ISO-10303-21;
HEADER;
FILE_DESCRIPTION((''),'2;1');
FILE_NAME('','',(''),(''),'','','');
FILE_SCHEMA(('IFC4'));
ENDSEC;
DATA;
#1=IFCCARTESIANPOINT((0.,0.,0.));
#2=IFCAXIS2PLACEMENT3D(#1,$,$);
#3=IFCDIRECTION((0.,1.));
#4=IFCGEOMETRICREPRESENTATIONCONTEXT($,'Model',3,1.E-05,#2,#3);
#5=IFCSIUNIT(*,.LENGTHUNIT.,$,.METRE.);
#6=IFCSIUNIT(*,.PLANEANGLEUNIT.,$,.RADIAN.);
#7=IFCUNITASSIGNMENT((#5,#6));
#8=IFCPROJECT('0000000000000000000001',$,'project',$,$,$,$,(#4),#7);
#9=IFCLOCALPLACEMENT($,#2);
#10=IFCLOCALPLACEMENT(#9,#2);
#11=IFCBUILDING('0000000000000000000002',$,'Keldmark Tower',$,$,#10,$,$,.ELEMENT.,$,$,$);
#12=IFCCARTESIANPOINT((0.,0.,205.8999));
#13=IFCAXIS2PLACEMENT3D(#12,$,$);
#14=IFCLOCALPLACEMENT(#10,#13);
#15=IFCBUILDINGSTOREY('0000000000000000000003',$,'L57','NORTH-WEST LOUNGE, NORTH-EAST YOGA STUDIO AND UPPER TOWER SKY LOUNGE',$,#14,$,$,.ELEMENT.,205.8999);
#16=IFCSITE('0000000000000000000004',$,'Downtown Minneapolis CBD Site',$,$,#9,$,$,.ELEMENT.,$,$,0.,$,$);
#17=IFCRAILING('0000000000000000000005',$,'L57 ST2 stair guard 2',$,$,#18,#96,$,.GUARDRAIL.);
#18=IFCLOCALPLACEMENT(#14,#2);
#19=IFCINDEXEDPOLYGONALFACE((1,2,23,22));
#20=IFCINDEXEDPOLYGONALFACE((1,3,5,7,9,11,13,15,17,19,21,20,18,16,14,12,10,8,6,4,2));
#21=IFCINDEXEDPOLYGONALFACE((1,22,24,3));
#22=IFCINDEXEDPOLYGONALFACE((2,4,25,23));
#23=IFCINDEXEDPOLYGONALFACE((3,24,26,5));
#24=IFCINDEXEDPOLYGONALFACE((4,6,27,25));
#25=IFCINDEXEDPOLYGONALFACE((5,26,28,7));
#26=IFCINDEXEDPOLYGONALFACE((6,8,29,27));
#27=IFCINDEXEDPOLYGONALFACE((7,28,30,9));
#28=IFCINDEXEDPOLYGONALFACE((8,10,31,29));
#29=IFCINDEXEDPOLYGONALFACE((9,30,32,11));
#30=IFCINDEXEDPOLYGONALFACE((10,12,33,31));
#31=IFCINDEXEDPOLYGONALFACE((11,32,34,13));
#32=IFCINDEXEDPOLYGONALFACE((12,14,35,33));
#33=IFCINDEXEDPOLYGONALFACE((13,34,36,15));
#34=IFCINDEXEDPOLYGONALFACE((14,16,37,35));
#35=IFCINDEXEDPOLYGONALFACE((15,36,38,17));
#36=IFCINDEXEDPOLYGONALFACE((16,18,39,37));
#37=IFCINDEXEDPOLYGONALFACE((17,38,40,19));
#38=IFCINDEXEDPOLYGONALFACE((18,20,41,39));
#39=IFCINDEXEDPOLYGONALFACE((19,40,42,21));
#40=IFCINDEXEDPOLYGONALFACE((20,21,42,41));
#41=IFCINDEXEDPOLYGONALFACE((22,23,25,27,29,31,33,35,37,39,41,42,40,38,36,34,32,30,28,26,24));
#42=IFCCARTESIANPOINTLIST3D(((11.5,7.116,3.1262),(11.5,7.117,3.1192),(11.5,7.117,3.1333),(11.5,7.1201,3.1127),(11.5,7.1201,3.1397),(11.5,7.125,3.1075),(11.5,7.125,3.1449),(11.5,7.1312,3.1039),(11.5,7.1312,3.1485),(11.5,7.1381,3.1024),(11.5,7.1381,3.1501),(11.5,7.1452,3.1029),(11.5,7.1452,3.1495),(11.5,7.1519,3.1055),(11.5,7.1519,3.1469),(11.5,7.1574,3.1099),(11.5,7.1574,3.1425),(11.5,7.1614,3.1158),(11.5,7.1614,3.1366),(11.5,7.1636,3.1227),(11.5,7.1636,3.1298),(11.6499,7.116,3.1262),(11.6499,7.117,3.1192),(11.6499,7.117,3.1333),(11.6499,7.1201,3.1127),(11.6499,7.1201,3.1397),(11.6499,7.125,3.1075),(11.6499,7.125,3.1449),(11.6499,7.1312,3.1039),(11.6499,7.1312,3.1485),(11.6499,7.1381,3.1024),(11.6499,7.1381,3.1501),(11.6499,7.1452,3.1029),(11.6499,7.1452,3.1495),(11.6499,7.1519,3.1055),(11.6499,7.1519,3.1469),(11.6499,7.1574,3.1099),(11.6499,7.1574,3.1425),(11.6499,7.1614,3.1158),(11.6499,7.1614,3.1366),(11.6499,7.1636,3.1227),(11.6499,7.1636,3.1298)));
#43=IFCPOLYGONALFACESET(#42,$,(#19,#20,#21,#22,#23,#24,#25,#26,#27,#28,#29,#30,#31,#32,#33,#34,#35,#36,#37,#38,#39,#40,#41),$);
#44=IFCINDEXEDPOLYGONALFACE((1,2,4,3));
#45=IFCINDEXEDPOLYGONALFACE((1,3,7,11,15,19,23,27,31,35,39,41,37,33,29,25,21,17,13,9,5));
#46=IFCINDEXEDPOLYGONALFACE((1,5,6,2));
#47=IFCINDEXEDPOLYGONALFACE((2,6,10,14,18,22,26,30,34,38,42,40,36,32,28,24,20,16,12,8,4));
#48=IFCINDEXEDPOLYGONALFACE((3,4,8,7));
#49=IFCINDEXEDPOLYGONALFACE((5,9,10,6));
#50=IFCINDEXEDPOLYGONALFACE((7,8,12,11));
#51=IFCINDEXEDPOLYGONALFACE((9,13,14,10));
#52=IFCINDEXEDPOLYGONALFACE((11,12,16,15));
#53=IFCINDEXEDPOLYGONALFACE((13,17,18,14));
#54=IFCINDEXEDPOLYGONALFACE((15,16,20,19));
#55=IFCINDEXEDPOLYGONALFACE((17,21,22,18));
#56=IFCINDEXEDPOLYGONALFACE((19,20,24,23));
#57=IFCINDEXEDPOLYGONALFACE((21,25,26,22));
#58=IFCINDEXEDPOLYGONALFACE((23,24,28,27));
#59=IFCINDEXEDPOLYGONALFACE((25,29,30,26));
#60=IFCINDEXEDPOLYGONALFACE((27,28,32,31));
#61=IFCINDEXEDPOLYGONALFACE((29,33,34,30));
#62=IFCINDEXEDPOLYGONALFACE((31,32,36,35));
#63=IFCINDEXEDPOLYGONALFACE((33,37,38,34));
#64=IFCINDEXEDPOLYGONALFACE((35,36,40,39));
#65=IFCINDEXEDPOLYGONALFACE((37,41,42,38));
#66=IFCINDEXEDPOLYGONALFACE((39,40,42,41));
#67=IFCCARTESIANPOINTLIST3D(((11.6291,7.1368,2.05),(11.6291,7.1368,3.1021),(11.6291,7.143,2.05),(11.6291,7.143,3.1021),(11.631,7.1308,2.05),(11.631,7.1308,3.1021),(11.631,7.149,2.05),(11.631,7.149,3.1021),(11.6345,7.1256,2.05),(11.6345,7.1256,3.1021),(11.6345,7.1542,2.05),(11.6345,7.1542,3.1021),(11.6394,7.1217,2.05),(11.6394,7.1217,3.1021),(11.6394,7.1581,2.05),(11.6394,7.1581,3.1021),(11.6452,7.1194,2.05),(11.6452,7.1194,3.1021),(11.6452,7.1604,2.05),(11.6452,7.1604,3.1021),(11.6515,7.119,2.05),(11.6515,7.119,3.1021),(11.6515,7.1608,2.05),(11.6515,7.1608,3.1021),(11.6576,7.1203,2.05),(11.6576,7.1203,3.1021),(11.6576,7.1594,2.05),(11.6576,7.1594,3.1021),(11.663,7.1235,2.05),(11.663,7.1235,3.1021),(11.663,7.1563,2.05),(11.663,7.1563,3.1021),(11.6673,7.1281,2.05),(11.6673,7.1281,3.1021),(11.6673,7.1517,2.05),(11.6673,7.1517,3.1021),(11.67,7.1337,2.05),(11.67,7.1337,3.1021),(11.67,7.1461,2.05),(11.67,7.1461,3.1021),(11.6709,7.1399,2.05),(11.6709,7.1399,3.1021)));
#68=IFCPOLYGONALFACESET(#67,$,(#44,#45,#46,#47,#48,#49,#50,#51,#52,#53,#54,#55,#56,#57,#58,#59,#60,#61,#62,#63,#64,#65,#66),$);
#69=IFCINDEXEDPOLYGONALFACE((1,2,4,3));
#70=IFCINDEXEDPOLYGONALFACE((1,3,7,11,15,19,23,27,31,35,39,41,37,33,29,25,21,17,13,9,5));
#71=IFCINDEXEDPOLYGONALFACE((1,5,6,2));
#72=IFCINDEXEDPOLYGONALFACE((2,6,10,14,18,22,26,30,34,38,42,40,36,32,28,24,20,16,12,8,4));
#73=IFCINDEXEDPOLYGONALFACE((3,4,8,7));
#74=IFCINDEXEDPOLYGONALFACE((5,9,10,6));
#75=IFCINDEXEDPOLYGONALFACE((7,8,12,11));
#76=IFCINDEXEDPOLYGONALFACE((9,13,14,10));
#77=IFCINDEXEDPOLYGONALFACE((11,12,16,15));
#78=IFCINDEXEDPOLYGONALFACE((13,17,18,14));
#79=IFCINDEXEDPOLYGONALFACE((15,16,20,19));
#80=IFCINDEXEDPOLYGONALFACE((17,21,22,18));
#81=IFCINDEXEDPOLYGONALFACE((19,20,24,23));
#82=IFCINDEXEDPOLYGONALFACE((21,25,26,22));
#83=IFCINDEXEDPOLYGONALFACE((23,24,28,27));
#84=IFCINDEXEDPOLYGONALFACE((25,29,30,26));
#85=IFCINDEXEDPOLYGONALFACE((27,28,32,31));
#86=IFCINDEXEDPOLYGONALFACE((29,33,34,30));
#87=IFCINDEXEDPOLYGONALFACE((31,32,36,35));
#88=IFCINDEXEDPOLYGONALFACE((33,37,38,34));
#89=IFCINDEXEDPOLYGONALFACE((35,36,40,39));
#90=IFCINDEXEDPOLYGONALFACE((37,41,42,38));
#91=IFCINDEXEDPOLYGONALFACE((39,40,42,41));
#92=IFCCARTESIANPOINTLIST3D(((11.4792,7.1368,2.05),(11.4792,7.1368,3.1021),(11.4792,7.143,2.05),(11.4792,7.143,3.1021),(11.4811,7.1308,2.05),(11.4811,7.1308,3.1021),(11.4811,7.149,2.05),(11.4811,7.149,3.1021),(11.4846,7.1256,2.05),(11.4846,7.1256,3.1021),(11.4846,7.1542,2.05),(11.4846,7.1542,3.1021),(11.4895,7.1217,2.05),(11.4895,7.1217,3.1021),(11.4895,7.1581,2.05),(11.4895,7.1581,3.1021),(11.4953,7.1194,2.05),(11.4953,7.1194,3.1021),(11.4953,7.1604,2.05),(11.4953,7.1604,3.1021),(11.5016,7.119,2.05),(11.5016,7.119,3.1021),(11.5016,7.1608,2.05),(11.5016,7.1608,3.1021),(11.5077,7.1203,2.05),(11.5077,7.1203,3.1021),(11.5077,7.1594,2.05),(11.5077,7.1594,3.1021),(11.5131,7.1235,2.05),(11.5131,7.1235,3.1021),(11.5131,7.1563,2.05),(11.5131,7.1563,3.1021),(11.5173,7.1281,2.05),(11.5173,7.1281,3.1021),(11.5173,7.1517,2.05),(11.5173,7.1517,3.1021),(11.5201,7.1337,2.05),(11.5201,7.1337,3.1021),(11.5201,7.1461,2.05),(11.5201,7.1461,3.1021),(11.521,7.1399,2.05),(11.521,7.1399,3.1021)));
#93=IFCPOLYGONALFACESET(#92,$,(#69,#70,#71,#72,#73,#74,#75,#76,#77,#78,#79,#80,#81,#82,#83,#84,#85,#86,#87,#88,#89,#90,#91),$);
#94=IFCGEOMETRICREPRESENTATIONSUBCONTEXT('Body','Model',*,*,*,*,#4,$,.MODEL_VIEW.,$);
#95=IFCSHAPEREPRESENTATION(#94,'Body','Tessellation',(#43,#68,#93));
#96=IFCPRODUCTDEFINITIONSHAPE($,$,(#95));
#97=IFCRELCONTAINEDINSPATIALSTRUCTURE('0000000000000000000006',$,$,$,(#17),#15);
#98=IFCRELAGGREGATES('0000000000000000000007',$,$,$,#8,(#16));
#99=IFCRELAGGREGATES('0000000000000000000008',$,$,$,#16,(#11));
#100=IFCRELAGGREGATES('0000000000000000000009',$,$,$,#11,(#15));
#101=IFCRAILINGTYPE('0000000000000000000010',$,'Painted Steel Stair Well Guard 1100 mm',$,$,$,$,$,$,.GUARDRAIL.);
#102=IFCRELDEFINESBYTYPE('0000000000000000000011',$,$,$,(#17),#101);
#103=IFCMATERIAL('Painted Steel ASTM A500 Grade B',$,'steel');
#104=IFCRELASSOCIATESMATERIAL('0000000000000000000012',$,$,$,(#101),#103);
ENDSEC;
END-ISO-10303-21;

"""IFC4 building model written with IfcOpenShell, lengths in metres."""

from ifc_helpers import new_model, si_unit, direction, frame, origin, origin_2d, place, context, subcontext, project, spatial, circle, extrude, material, type_object, element, save


model = new_model("IFC4")

# Units and contexts
model_context = context("Model", 3, precision=1e-05, world=origin(), true_north=direction((0.0, 1.0)))
body_context = subcontext(model_context, "Body", "Model", "MODEL_VIEW")
ifc_project = project(units=[si_unit("LENGTHUNIT", "METRE"), si_unit("PLANEANGLEUNIT", "RADIAN")], contexts=[model_context])

# Site, building, storey
site_placement = place(None, origin())
site = spatial("IfcSite", under=ifc_project, at=site_placement, Name="Downtown Minneapolis CBD Site", CompositionType="ELEMENT", RefElevation=0.0)
building_placement = place(site_placement, origin())
building = spatial("IfcBuilding", under=site, at=building_placement, Name="Keldmark Tower", CompositionType="ELEMENT")
storey_placement = place(building_placement, frame((0.0, 0.0, 205.8999)))
storey = spatial("IfcBuildingStorey", under=building, at=storey_placement, Name="L57", Description="NORTH-WEST LOUNGE, NORTH-EAST YOGA STUDIO AND UPPER TOWER SKY LOUNGE", CompositionType="ELEMENT", Elevation=205.8999)

# Railing
ifc_material_1 = material(Name="Painted Steel ASTM A500 Grade B", Category="steel")
railing_type_1 = type_object("IfcRailingType", Name="Painted Steel Stair Well Guard 1100 mm", PredefinedType="GUARDRAIL", material=ifc_material_1)
railing_1_placement = place(storey_placement, frame((11.6499, 7.1399, 2.05)))
element("IfcRailing", 1, at=railing_1_placement, inside=storey, type_object=railing_type_1, Name="L57 ST2 stair guard 2", PredefinedType="GUARDRAIL", context=body_context, shape_type="SweptSolid", body=[
    extrude(circle(Radius=0.0239, at=origin_2d()), frame((0.0, 0.0, 1.0762), z_axis=(-1.0, 0.0, 0.0), x_axis=(0.0, -1.0, 0.0)), (0.0, 0.0, 1.0), 0.1499),
    extrude(circle(Radius=0.021, at=origin_2d()), origin(), (0.0, 0.0, 1.0), 1.052),
    extrude(circle(Radius=0.021, at=origin_2d()), frame((-0.1499, 0.0, 0.0)), (0.0, 0.0, 1.0), 1.052),
])

save(model, "model.ifc")
